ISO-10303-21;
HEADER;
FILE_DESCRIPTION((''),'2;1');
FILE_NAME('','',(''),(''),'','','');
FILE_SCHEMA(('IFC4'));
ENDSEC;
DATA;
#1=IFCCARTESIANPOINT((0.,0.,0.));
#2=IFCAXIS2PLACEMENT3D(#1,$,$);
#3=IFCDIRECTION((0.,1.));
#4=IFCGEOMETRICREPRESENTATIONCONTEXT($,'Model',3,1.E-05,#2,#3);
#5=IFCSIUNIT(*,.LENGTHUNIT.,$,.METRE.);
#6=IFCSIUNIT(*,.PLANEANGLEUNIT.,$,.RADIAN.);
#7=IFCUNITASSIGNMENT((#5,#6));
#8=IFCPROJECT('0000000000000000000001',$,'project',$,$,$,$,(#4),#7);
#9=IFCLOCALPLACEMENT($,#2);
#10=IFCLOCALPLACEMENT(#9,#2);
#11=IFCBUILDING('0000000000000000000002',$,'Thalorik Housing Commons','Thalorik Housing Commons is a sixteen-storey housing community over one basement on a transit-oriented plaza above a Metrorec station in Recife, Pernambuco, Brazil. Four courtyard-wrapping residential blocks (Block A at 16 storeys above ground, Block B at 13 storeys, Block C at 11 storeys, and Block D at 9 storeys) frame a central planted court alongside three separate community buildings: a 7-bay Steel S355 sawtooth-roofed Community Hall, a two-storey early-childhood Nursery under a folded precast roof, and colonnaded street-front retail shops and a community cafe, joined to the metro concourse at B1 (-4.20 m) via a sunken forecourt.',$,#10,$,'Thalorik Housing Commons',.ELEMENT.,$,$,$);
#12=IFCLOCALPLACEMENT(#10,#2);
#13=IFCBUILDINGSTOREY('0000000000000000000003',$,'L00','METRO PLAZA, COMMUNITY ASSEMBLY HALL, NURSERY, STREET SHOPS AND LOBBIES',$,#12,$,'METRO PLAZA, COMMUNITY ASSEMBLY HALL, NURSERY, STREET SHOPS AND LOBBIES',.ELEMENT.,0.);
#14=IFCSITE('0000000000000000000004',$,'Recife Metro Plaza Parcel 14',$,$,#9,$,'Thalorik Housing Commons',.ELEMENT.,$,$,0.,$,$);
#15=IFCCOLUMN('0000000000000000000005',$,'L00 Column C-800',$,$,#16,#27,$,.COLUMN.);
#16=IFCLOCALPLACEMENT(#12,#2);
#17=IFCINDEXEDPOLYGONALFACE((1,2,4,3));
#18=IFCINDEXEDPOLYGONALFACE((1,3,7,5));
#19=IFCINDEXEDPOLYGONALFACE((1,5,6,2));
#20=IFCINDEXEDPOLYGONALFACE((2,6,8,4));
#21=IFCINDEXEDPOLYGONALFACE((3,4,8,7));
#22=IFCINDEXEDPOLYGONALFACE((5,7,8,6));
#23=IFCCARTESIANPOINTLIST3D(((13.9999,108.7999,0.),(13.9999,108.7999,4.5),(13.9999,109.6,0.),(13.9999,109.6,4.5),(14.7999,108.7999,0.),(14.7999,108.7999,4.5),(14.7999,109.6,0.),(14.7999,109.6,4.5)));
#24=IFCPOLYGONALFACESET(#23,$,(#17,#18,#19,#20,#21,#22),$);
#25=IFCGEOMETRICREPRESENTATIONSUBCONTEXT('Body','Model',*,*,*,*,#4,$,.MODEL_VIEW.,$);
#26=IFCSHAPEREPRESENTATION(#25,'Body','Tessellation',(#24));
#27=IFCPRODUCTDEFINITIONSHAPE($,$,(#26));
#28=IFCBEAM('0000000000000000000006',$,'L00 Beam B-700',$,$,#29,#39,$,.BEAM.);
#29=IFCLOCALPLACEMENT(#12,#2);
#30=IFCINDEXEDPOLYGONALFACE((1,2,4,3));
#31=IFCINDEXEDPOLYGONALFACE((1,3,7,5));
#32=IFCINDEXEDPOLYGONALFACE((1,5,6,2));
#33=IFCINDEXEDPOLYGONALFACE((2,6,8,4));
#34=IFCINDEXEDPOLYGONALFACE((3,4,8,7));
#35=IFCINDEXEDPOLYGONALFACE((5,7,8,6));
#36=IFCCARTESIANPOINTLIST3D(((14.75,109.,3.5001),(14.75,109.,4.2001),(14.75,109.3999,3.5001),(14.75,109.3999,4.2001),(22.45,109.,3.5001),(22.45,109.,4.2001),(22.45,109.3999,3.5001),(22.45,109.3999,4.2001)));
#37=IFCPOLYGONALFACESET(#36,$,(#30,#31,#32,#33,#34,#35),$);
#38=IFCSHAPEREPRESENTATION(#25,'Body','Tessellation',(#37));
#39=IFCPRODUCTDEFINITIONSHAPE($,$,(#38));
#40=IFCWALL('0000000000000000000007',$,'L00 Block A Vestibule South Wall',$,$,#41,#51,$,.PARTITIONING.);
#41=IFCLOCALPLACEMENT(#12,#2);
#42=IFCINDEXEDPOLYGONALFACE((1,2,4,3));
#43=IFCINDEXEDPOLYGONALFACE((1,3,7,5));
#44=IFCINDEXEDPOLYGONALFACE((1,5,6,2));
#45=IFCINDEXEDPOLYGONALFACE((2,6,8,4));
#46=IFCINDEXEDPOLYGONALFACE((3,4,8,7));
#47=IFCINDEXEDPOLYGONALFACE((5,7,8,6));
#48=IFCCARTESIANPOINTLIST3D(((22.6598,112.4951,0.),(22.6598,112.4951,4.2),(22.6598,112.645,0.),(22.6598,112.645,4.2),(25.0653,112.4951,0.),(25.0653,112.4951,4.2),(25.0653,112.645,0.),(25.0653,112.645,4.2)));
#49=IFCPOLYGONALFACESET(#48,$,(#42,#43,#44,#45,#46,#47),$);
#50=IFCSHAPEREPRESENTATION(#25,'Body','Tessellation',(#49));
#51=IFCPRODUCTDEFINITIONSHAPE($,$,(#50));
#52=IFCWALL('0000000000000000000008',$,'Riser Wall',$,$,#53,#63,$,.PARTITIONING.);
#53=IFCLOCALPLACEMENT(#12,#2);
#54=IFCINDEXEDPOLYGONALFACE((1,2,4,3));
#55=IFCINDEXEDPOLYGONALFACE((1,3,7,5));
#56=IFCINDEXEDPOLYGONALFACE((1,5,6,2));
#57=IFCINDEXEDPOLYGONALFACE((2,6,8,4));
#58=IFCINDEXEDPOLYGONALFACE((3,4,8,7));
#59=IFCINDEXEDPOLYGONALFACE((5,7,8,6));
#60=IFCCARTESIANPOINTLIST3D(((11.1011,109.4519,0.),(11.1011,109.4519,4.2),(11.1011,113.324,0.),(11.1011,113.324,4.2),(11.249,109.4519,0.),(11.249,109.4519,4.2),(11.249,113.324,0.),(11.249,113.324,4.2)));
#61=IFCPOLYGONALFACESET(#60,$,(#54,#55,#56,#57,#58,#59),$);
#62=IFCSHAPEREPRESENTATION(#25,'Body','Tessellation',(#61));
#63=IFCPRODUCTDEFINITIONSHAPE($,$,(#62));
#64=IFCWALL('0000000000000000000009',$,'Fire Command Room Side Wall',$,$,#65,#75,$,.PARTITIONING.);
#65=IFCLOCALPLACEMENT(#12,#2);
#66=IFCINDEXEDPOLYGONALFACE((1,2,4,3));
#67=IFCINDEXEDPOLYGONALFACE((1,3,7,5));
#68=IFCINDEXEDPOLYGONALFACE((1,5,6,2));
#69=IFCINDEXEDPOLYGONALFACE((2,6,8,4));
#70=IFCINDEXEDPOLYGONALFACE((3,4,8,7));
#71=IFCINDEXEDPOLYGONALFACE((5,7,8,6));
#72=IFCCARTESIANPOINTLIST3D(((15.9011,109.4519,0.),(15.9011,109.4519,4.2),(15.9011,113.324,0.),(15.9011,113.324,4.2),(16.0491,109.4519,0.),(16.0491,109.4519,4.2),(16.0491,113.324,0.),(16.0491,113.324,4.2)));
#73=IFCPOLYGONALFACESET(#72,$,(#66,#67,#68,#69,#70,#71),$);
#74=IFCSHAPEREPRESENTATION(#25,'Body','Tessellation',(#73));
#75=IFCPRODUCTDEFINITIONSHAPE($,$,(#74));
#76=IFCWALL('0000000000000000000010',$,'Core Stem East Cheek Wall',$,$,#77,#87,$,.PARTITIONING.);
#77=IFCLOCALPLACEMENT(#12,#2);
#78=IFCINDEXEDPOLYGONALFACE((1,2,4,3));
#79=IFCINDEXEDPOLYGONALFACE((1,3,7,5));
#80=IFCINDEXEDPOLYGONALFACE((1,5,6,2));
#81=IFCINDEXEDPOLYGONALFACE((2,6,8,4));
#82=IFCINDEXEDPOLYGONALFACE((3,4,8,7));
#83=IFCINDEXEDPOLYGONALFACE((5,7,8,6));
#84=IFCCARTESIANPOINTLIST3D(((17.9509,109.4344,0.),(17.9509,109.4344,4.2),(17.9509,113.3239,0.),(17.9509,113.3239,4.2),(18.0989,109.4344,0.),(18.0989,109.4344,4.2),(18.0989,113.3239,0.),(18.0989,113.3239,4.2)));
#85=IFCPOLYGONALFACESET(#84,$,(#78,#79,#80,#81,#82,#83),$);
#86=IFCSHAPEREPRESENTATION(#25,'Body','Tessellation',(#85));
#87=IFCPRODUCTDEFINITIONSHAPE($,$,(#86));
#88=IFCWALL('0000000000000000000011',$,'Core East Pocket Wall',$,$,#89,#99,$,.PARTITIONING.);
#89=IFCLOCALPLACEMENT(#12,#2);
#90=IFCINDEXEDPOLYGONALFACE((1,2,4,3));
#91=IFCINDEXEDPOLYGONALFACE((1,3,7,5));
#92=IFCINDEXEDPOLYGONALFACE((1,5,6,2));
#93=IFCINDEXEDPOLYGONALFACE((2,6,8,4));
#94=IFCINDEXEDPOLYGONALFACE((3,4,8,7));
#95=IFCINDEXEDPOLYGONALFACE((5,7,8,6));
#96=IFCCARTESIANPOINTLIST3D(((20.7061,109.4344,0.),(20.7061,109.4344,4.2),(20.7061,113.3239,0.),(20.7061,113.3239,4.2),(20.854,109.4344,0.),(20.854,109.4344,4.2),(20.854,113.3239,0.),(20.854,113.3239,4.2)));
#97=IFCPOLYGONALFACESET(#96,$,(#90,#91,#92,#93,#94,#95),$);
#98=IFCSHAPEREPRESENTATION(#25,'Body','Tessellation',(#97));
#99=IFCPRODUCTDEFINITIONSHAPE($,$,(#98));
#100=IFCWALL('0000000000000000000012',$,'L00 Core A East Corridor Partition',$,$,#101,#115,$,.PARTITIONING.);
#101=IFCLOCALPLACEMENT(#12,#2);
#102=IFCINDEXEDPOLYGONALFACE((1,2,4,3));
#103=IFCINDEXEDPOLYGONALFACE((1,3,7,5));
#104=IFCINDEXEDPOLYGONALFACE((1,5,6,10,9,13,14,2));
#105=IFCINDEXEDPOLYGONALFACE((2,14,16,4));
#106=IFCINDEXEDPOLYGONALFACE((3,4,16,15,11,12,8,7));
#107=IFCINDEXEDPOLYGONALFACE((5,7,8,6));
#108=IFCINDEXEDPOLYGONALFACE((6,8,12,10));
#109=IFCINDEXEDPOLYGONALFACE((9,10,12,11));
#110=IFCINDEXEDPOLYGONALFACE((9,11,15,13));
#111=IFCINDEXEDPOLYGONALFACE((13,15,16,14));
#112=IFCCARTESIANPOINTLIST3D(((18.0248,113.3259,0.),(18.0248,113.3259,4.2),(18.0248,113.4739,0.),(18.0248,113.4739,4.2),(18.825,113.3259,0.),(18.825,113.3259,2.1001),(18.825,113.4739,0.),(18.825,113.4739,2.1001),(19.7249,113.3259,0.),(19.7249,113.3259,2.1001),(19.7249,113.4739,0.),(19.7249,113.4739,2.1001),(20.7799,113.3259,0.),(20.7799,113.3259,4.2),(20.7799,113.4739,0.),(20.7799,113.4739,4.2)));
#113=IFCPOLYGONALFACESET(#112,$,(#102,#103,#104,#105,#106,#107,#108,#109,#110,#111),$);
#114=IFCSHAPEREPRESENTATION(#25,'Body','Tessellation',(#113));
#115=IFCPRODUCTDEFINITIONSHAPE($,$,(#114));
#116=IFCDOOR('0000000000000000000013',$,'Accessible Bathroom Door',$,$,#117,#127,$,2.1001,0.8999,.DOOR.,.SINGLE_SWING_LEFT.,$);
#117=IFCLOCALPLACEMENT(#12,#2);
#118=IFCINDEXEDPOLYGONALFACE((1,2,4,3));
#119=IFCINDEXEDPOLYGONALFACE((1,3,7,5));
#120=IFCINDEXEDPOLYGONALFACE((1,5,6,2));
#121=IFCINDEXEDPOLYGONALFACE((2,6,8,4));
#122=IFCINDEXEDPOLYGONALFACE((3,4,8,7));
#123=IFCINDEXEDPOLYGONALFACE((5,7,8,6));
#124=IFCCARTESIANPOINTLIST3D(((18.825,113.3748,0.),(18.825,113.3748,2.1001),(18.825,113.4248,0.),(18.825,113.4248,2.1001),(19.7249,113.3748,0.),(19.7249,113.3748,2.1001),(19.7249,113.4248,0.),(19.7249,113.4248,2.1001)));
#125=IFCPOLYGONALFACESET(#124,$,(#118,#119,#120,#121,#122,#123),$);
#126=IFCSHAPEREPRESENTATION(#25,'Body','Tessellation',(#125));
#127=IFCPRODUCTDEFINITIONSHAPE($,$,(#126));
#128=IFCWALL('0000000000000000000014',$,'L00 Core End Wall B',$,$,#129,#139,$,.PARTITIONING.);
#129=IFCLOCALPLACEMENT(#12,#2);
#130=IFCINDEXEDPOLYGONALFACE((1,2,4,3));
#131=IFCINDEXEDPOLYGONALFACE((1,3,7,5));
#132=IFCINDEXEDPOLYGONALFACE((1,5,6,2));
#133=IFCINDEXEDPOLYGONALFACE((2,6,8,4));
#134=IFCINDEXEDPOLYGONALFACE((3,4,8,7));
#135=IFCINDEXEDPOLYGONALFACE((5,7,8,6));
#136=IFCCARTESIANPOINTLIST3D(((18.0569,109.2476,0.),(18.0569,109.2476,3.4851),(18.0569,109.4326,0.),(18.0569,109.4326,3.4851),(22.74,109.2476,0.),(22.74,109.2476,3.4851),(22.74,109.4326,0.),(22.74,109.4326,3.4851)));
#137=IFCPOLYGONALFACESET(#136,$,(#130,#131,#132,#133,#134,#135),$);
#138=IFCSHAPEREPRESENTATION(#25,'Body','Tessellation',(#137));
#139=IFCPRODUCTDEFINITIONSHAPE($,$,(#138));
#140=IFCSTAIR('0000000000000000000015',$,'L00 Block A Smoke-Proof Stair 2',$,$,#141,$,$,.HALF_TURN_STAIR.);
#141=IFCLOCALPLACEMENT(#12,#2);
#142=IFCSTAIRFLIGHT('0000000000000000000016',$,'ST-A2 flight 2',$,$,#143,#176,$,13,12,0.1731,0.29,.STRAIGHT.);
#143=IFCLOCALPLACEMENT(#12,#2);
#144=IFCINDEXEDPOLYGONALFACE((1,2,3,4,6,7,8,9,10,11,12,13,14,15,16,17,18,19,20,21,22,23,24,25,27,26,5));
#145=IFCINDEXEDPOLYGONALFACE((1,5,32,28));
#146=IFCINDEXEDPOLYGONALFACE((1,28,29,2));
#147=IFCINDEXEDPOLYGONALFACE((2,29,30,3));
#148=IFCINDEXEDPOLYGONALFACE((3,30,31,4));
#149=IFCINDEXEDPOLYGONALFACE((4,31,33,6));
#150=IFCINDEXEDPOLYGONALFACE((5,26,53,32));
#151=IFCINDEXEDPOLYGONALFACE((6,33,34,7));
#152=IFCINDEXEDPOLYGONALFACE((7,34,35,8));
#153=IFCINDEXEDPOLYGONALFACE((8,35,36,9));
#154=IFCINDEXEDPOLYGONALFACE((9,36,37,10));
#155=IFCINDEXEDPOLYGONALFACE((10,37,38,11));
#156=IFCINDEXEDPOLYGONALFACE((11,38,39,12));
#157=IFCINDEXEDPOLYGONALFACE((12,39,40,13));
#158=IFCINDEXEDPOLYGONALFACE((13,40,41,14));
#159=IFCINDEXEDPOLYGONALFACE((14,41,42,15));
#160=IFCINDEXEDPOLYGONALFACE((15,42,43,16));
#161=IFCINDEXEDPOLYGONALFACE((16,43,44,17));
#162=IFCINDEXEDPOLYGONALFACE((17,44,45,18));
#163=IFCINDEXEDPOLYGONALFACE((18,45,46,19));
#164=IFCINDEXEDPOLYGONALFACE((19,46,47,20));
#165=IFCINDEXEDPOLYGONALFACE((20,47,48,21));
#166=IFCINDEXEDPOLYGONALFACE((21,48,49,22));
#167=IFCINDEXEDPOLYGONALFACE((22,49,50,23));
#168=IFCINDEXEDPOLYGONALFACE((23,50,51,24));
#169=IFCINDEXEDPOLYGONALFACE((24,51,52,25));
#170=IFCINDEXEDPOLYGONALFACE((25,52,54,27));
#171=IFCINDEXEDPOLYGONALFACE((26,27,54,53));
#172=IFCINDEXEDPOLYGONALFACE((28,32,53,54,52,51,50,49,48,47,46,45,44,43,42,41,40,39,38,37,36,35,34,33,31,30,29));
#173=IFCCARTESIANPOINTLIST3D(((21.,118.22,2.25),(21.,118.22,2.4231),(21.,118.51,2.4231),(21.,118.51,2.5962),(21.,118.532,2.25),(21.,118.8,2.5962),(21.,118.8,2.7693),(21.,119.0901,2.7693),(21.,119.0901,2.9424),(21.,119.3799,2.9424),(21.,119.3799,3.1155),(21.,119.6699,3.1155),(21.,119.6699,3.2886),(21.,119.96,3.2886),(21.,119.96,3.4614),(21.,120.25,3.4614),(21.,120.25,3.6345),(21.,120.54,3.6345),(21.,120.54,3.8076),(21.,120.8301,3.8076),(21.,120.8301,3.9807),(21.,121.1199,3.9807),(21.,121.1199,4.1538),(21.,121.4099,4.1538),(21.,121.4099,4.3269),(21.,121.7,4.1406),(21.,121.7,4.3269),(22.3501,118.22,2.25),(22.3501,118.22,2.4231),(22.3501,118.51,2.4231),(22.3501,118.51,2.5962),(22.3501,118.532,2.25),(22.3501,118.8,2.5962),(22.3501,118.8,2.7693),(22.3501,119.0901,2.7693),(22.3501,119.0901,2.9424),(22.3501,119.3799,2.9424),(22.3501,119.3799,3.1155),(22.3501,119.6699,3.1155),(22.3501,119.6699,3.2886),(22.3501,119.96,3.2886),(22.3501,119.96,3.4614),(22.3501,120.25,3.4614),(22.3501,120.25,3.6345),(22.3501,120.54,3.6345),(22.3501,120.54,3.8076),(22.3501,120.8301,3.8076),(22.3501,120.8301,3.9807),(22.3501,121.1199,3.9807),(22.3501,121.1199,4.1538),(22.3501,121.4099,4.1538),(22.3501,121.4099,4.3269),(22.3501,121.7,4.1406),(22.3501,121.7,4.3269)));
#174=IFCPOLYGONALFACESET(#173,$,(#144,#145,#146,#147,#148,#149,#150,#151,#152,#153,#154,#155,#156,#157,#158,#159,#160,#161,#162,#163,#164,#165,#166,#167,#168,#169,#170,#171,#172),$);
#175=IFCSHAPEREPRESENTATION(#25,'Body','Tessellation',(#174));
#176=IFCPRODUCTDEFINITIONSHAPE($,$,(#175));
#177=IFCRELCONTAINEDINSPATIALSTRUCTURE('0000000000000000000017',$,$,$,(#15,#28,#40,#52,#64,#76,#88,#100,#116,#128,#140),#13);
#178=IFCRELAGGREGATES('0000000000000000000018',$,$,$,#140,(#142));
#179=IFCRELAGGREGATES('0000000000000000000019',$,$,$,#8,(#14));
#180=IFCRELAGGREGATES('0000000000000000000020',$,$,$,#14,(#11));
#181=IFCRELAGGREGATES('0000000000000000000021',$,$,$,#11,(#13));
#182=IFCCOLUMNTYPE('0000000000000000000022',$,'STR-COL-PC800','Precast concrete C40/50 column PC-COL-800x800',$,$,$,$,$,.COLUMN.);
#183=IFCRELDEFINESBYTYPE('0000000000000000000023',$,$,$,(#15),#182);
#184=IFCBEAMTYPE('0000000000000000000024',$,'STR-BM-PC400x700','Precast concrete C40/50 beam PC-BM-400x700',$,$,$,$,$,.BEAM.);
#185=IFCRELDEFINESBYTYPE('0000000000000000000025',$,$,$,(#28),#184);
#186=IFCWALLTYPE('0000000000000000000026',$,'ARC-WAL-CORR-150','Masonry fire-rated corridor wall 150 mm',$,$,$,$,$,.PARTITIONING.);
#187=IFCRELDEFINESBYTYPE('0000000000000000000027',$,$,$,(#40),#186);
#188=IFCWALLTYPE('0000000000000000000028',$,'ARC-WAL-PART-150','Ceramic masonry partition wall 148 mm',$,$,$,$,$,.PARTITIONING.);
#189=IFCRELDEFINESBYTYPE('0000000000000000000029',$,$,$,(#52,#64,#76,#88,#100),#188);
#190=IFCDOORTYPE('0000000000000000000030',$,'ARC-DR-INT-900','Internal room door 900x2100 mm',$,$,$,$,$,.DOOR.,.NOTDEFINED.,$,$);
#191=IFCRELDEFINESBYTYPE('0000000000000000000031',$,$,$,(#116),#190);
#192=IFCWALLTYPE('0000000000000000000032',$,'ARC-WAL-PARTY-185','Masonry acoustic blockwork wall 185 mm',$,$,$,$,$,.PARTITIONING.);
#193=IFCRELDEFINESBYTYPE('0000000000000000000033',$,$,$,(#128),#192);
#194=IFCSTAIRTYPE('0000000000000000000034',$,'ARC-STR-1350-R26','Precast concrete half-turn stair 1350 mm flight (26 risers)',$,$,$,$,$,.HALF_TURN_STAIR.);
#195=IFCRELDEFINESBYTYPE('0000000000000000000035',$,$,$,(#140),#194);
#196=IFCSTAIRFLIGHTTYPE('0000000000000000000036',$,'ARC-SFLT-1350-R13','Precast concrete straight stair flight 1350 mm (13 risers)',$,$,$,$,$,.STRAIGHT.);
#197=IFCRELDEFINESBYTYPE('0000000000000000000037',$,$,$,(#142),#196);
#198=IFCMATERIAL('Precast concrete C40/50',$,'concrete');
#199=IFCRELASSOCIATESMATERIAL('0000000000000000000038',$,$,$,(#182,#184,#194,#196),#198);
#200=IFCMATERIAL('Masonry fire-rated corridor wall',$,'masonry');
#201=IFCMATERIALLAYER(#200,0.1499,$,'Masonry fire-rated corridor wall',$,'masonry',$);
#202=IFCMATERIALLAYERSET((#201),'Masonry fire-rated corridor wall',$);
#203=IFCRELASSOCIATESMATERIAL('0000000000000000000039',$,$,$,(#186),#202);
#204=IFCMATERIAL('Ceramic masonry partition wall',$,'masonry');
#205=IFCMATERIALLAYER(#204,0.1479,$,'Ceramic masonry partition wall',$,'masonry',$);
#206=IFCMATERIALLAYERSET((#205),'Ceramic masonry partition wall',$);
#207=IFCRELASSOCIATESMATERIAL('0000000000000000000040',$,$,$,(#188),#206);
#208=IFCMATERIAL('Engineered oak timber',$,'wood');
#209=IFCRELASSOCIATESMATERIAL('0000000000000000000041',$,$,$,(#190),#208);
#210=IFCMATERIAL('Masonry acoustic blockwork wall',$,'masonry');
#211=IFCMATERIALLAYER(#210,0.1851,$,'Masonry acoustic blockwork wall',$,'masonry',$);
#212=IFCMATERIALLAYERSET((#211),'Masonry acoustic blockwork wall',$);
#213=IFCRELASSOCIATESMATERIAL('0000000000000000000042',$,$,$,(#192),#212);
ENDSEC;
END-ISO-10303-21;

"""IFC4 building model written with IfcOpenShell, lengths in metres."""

from ifc_helpers import new_model, si_unit, direction, frame, frame_2d, origin, origin_2d, place, context, subcontext, project, spatial, polyline, rectangle, outline, extrude, material, layer, layer_set, material_profile, profile_set, type_object, element, fill, aggregate, save


model = new_model("IFC4")

# Units and contexts
model_context = context("Model", 3, precision=1e-05, world=origin(), true_north=direction((0.0, 1.0)))
body_context = subcontext(model_context, "Body", "Model", "MODEL_VIEW")
ifc_project = project(units=[si_unit("LENGTHUNIT", "METRE"), si_unit("PLANEANGLEUNIT", "RADIAN")], contexts=[model_context])

# Site, building, storey
site_placement = place(None, origin())
site = spatial("IfcSite", under=ifc_project, at=site_placement, Name="Recife Metro Plaza Parcel 14", LongName="Thalorik Housing Commons", CompositionType="ELEMENT", RefElevation=0.0)
building_placement = place(site_placement, origin())
building = spatial("IfcBuilding", under=site, at=building_placement, Name="Thalorik Housing Commons", Description="Thalorik Housing Commons is a sixteen-storey housing community over one basement on a transit-oriented plaza above a Metrorec station in Recife, Pernambuco, Brazil. Four courtyard-wrapping residential blocks (Block A at 16 storeys above ground, Block B at 13 storeys, Block C at 11 storeys, and Block D at 9 storeys) frame a central planted court alongside three separate community buildings: a 7-bay Steel S355 sawtooth-roofed Community Hall, a two-storey early-childhood Nursery under a folded precast roof, and colonnaded street-front retail shops and a community cafe, joined to the metro concourse at B1 (-4.20 m) via a sunken forecourt.", LongName="Thalorik Housing Commons", CompositionType="ELEMENT")
storey_placement = place(building_placement, origin())
storey = spatial("IfcBuildingStorey", under=building, at=storey_placement, Name="L00", Description="METRO PLAZA, COMMUNITY ASSEMBLY HALL, NURSERY, STREET SHOPS AND LOBBIES", LongName="METRO PLAZA, COMMUNITY ASSEMBLY HALL, NURSERY, STREET SHOPS AND LOBBIES", CompositionType="ELEMENT", Elevation=0.0)

# Column
ifc_material_1 = material(Name="Precast concrete C40/50", Category="concrete")
ifc_material_profile_1 = material_profile(ifc_material_1, rectangle(XDim=0.8, YDim=0.8, at=origin_2d()), Name="PC 800x800", Category="concrete")
ifc_profile_set_1 = profile_set([ifc_material_profile_1], Name="Precast concrete C40/50")
column_type = type_object("IfcColumnType", Name="STR-COL-PC800", Description="Precast concrete C40/50 column PC-COL-800x800", PredefinedType="COLUMN", material=ifc_profile_set_1)
column_placement = place(storey_placement, frame((14.3999, 109.2, 0.0), z_axis=(0.0, 0.0, 1.0), x_axis=(1.0, 0.0, 0.0)))
element("IfcColumn", 1, at=column_placement, inside=storey, type_object=column_type, Name="L00 Column C-800", PredefinedType="COLUMN", context=body_context, shape_type="SweptSolid", body=[
    extrude(rectangle(XDim=0.8, YDim=0.8, at=origin_2d()), origin(), (0.0, 0.0, 1.0), 4.5),
])

# Beam
ifc_material_profile_2 = material_profile(ifc_material_1, rectangle(XDim=0.3999, YDim=0.7, at=origin_2d()), Name="PC 400x700", Category="concrete")
ifc_profile_set_2 = profile_set([ifc_material_profile_2], Name="Precast concrete C40/50")
beam_type = type_object("IfcBeamType", Name="STR-BM-PC400x700", Description="Precast concrete C40/50 beam PC-BM-400x700", PredefinedType="BEAM", material=ifc_profile_set_2)
beam_placement = place(storey_placement, frame((14.75, 109.2, 3.8501), z_axis=(1.0, 0.0, 0.0), x_axis=(0.0, 1.0, 0.0)))
element("IfcBeam", 2, at=beam_placement, inside=storey, type_object=beam_type, Name="L00 Beam B-700", PredefinedType="BEAM", context=body_context, shape_type="SweptSolid", body=[
    extrude(rectangle(XDim=0.3999, YDim=0.7, at=origin_2d()), origin(), (0.0, 0.0, 1.0), 7.7),
])

# Walls
ifc_material_2 = material(Name="Masonry fire-rated corridor wall", Category="masonry")
ifc_layer_1 = layer(ifc_material_2, 0.1499, Name="Masonry fire-rated corridor wall", Category="masonry")
ifc_layer_set_1 = layer_set([ifc_layer_1], Name="Masonry fire-rated corridor wall")
wall_type_1 = type_object("IfcWallType", Name="ARC-WAL-CORR-150", Description="Masonry fire-rated corridor wall 150 mm", PredefinedType="PARTITIONING", material=ifc_layer_set_1)
wall_1_placement = place(storey_placement, frame((22.6599, 112.5701, 0.0), z_axis=(0.0, 0.0, 1.0), x_axis=(1.0, 0.0, 0.0)))
element("IfcWall", 3, at=wall_1_placement, inside=storey, type_object=wall_type_1, Name="L00 Block A Vestibule South Wall", PredefinedType="PARTITIONING", context=body_context, shape_type="SweptSolid", body=[
    extrude(rectangle(XDim=2.4055, YDim=0.1499, at=frame_2d((1.2026, 0.0))), origin(), (0.0, 0.0, 1.0), 4.2),
])
ifc_material_3 = material(Name="Ceramic masonry partition wall", Category="masonry")
ifc_layer_2 = layer(ifc_material_3, 0.1479, Name="Ceramic masonry partition wall", Category="masonry")
ifc_layer_set_2 = layer_set([ifc_layer_2], Name="Ceramic masonry partition wall")
wall_type_2 = type_object("IfcWallType", Name="ARC-WAL-PART-150", Description="Ceramic masonry partition wall 148 mm", PredefinedType="PARTITIONING", material=ifc_layer_set_2)
for number, where, z_axis, x_axis, name in (
    (4, (11.175, 113.324, 0.0), (0.0, 0.0, 1.0), (0.0, -1.0, 0.0), "Riser Wall"),
    (5, (15.9751, 113.324, 0.0), (0.0, 0.0, 1.0), (0.0, -1.0, 0.0), "Fire Command Room Side Wall"),
):
    element("IfcWall", number, at=place(storey_placement, frame(where, z_axis=z_axis, x_axis=x_axis)), inside=storey, type_object=wall_type_2, Name=name, PredefinedType="PARTITIONING", context=body_context, shape_type="SweptSolid", body=[
        extrude(rectangle(XDim=3.8721, YDim=0.1479, at=frame_2d((1.936, 0.0))), origin(), (0.0, 0.0, 1.0), 4.2),
    ])
for number, where, z_axis, x_axis, name in (
    (6, (18.0249, 113.324, 0.0), (0.0, 0.0, 1.0), (0.0, -1.0, 0.0), "Core Stem East Cheek Wall"),
    (7, (20.78, 113.324, 0.0), (0.0, 0.0, 1.0), (0.0, -1.0, 0.0), "Core East Pocket Wall"),
):
    element("IfcWall", number, at=place(storey_placement, frame(where, z_axis=z_axis, x_axis=x_axis)), inside=storey, type_object=wall_type_2, Name=name, PredefinedType="PARTITIONING", context=body_context, shape_type="SweptSolid", body=[
        extrude(rectangle(XDim=3.8894, YDim=0.1479, at=frame_2d((1.9448, 0.0))), origin(), (0.0, 0.0, 1.0), 4.2),
    ])

# Wall, opening, door
wall_2_placement = place(storey_placement, frame((18.0249, 113.3999, 0.0), z_axis=(0.0, 0.0, 1.0), x_axis=(1.0, 0.0, 0.0)))
wall_2 = element("IfcWall", 8, at=wall_2_placement, inside=storey, type_object=wall_type_2, Name="L00 Core A East Corridor Partition", PredefinedType="PARTITIONING", context=body_context, shape_type="SweptSolid", body=[
    extrude(rectangle(XDim=2.7551, YDim=0.1479, at=frame_2d((1.3774, 0.0))), origin(), (0.0, 0.0, 1.0), 4.2),
])
opening_placement = place(wall_2_placement, frame((0.8, 0.0, 0.0)))
opening = element("IfcOpeningElement", 9, at=opening_placement, cuts=wall_2, PredefinedType="OPENING", context=body_context, shape_type="SweptSolid", body=[
    extrude(rectangle(XDim=0.8999, YDim=2.1001, at=frame_2d((0.45, 1.05))), frame((0.0, 0.084, 0.0), z_axis=(0.0, -1.0, 0.0), x_axis=(1.0, 0.0, 0.0)), (0.0, 0.0, 1.0), 0.168),
])
ifc_material_4 = material(Name="Engineered oak timber", Category="wood")
door_type = type_object("IfcDoorType", Name="ARC-DR-INT-900", Description="Internal room door 900x2100 mm", OperationType="NOTDEFINED", PredefinedType="DOOR", material=ifc_material_4)
door_placement = place(opening_placement, origin())
door = element("IfcDoor", 10, at=door_placement, inside=storey, type_object=door_type, Name="Accessible Bathroom Door", OperationType="SINGLE_SWING_LEFT", OverallHeight=2.1001, OverallWidth=0.8999, PredefinedType="DOOR", context=body_context, shape_type="SweptSolid", body=[
    extrude(rectangle(XDim=0.8999, YDim=2.1001, at=frame_2d((0.45, 1.05))), frame((0.0, 0.0249, 0.0), z_axis=(0.0, -1.0, 0.0), x_axis=(1.0, 0.0, 0.0)), (0.0, 0.0, 1.0), 0.05),
])
fill(opening, door)

# Wall
ifc_material_5 = material(Name="Masonry acoustic blockwork wall", Category="masonry")
ifc_layer_3 = layer(ifc_material_5, 0.1851, Name="Masonry acoustic blockwork wall", Category="masonry")
ifc_layer_set_3 = layer_set([ifc_layer_3], Name="Masonry acoustic blockwork wall")
wall_type_3 = type_object("IfcWallType", Name="ARC-WAL-PARTY-185", Description="Masonry acoustic blockwork wall 185 mm", PredefinedType="PARTITIONING", material=ifc_layer_set_3)
wall_3_placement = place(storey_placement, frame((18.0569, 109.3401, 0.0), z_axis=(0.0, 0.0, 1.0), x_axis=(1.0, 0.0, 0.0)))
element("IfcWall", 11, at=wall_3_placement, inside=storey, type_object=wall_type_3, Name="L00 Core End Wall B", PredefinedType="PARTITIONING", context=body_context, shape_type="SweptSolid", body=[
    extrude(rectangle(XDim=4.6831, YDim=0.1851, at=frame_2d((2.3416, 0.0))), origin(), (0.0, 0.0, 1.0), 3.4851),
])

# Stair, stair flight
stair_type = type_object("IfcStairType", Name="ARC-STR-1350-R26", Description="Precast concrete half-turn stair 1350 mm flight (26 risers)", PredefinedType="HALF_TURN_STAIR", material=ifc_material_1)
stair_placement = place(storey_placement, origin())
stair = element("IfcStair", 12, at=stair_placement, inside=storey, type_object=stair_type, Name="L00 Block A Smoke-Proof Stair 2", PredefinedType="HALF_TURN_STAIR")
stair_flight_type = type_object("IfcStairFlightType", Name="ARC-SFLT-1350-R13", Description="Precast concrete straight stair flight 1350 mm (13 risers)", PredefinedType="STRAIGHT", material=ifc_material_1)
stair_flight_placement = place(storey_placement, frame((21.675, 118.22, 2.25), z_axis=(0.0, 0.0, 1.0), x_axis=(0.0, 1.0, 0.0)))
stair_flight = element("IfcStairFlight", 13, at=stair_flight_placement, type_object=stair_flight_type, Name="ST-A2 flight 2", NumberOfRisers=13, NumberOfTreads=12, PredefinedType="STRAIGHT", RiserHeight=0.1731, TreadLength=0.29, context=body_context, shape_type="SweptSolid", body=[
    extrude(outline(polyline([(0.0, 0.0), (0.0, 0.1731), (0.29, 0.1731), (0.29, 0.3462), (0.5801, 0.3462), (0.5801, 0.5193), (0.8701, 0.5193), (0.8701, 0.6924), (1.1599, 0.6924), (1.1599, 0.8655), (1.45, 0.8655), (1.45, 1.0386), (1.74, 1.0386), (1.74, 1.2114), (2.03, 1.2114), (2.03, 1.3845), (2.3201, 1.3845), (2.3201, 1.5576), (2.6101, 1.5576), (2.6101, 1.7307), (2.8999, 1.7307), (2.8999, 1.9038), (3.1899, 1.9038), (3.1899, 2.0769), (3.48, 2.0769), (3.48, 2.25), (3.48, 1.8906), (0.312, 0.0), (0.0, 0.0)])), frame((0.0, 0.675, 0.0), z_axis=(0.0, -1.0, 0.0), x_axis=(1.0, 0.0, 0.0)), (0.0, 0.0, 1.0), 1.3501),
])
aggregate(stair, [stair_flight])

save(model, "model.ifc")
